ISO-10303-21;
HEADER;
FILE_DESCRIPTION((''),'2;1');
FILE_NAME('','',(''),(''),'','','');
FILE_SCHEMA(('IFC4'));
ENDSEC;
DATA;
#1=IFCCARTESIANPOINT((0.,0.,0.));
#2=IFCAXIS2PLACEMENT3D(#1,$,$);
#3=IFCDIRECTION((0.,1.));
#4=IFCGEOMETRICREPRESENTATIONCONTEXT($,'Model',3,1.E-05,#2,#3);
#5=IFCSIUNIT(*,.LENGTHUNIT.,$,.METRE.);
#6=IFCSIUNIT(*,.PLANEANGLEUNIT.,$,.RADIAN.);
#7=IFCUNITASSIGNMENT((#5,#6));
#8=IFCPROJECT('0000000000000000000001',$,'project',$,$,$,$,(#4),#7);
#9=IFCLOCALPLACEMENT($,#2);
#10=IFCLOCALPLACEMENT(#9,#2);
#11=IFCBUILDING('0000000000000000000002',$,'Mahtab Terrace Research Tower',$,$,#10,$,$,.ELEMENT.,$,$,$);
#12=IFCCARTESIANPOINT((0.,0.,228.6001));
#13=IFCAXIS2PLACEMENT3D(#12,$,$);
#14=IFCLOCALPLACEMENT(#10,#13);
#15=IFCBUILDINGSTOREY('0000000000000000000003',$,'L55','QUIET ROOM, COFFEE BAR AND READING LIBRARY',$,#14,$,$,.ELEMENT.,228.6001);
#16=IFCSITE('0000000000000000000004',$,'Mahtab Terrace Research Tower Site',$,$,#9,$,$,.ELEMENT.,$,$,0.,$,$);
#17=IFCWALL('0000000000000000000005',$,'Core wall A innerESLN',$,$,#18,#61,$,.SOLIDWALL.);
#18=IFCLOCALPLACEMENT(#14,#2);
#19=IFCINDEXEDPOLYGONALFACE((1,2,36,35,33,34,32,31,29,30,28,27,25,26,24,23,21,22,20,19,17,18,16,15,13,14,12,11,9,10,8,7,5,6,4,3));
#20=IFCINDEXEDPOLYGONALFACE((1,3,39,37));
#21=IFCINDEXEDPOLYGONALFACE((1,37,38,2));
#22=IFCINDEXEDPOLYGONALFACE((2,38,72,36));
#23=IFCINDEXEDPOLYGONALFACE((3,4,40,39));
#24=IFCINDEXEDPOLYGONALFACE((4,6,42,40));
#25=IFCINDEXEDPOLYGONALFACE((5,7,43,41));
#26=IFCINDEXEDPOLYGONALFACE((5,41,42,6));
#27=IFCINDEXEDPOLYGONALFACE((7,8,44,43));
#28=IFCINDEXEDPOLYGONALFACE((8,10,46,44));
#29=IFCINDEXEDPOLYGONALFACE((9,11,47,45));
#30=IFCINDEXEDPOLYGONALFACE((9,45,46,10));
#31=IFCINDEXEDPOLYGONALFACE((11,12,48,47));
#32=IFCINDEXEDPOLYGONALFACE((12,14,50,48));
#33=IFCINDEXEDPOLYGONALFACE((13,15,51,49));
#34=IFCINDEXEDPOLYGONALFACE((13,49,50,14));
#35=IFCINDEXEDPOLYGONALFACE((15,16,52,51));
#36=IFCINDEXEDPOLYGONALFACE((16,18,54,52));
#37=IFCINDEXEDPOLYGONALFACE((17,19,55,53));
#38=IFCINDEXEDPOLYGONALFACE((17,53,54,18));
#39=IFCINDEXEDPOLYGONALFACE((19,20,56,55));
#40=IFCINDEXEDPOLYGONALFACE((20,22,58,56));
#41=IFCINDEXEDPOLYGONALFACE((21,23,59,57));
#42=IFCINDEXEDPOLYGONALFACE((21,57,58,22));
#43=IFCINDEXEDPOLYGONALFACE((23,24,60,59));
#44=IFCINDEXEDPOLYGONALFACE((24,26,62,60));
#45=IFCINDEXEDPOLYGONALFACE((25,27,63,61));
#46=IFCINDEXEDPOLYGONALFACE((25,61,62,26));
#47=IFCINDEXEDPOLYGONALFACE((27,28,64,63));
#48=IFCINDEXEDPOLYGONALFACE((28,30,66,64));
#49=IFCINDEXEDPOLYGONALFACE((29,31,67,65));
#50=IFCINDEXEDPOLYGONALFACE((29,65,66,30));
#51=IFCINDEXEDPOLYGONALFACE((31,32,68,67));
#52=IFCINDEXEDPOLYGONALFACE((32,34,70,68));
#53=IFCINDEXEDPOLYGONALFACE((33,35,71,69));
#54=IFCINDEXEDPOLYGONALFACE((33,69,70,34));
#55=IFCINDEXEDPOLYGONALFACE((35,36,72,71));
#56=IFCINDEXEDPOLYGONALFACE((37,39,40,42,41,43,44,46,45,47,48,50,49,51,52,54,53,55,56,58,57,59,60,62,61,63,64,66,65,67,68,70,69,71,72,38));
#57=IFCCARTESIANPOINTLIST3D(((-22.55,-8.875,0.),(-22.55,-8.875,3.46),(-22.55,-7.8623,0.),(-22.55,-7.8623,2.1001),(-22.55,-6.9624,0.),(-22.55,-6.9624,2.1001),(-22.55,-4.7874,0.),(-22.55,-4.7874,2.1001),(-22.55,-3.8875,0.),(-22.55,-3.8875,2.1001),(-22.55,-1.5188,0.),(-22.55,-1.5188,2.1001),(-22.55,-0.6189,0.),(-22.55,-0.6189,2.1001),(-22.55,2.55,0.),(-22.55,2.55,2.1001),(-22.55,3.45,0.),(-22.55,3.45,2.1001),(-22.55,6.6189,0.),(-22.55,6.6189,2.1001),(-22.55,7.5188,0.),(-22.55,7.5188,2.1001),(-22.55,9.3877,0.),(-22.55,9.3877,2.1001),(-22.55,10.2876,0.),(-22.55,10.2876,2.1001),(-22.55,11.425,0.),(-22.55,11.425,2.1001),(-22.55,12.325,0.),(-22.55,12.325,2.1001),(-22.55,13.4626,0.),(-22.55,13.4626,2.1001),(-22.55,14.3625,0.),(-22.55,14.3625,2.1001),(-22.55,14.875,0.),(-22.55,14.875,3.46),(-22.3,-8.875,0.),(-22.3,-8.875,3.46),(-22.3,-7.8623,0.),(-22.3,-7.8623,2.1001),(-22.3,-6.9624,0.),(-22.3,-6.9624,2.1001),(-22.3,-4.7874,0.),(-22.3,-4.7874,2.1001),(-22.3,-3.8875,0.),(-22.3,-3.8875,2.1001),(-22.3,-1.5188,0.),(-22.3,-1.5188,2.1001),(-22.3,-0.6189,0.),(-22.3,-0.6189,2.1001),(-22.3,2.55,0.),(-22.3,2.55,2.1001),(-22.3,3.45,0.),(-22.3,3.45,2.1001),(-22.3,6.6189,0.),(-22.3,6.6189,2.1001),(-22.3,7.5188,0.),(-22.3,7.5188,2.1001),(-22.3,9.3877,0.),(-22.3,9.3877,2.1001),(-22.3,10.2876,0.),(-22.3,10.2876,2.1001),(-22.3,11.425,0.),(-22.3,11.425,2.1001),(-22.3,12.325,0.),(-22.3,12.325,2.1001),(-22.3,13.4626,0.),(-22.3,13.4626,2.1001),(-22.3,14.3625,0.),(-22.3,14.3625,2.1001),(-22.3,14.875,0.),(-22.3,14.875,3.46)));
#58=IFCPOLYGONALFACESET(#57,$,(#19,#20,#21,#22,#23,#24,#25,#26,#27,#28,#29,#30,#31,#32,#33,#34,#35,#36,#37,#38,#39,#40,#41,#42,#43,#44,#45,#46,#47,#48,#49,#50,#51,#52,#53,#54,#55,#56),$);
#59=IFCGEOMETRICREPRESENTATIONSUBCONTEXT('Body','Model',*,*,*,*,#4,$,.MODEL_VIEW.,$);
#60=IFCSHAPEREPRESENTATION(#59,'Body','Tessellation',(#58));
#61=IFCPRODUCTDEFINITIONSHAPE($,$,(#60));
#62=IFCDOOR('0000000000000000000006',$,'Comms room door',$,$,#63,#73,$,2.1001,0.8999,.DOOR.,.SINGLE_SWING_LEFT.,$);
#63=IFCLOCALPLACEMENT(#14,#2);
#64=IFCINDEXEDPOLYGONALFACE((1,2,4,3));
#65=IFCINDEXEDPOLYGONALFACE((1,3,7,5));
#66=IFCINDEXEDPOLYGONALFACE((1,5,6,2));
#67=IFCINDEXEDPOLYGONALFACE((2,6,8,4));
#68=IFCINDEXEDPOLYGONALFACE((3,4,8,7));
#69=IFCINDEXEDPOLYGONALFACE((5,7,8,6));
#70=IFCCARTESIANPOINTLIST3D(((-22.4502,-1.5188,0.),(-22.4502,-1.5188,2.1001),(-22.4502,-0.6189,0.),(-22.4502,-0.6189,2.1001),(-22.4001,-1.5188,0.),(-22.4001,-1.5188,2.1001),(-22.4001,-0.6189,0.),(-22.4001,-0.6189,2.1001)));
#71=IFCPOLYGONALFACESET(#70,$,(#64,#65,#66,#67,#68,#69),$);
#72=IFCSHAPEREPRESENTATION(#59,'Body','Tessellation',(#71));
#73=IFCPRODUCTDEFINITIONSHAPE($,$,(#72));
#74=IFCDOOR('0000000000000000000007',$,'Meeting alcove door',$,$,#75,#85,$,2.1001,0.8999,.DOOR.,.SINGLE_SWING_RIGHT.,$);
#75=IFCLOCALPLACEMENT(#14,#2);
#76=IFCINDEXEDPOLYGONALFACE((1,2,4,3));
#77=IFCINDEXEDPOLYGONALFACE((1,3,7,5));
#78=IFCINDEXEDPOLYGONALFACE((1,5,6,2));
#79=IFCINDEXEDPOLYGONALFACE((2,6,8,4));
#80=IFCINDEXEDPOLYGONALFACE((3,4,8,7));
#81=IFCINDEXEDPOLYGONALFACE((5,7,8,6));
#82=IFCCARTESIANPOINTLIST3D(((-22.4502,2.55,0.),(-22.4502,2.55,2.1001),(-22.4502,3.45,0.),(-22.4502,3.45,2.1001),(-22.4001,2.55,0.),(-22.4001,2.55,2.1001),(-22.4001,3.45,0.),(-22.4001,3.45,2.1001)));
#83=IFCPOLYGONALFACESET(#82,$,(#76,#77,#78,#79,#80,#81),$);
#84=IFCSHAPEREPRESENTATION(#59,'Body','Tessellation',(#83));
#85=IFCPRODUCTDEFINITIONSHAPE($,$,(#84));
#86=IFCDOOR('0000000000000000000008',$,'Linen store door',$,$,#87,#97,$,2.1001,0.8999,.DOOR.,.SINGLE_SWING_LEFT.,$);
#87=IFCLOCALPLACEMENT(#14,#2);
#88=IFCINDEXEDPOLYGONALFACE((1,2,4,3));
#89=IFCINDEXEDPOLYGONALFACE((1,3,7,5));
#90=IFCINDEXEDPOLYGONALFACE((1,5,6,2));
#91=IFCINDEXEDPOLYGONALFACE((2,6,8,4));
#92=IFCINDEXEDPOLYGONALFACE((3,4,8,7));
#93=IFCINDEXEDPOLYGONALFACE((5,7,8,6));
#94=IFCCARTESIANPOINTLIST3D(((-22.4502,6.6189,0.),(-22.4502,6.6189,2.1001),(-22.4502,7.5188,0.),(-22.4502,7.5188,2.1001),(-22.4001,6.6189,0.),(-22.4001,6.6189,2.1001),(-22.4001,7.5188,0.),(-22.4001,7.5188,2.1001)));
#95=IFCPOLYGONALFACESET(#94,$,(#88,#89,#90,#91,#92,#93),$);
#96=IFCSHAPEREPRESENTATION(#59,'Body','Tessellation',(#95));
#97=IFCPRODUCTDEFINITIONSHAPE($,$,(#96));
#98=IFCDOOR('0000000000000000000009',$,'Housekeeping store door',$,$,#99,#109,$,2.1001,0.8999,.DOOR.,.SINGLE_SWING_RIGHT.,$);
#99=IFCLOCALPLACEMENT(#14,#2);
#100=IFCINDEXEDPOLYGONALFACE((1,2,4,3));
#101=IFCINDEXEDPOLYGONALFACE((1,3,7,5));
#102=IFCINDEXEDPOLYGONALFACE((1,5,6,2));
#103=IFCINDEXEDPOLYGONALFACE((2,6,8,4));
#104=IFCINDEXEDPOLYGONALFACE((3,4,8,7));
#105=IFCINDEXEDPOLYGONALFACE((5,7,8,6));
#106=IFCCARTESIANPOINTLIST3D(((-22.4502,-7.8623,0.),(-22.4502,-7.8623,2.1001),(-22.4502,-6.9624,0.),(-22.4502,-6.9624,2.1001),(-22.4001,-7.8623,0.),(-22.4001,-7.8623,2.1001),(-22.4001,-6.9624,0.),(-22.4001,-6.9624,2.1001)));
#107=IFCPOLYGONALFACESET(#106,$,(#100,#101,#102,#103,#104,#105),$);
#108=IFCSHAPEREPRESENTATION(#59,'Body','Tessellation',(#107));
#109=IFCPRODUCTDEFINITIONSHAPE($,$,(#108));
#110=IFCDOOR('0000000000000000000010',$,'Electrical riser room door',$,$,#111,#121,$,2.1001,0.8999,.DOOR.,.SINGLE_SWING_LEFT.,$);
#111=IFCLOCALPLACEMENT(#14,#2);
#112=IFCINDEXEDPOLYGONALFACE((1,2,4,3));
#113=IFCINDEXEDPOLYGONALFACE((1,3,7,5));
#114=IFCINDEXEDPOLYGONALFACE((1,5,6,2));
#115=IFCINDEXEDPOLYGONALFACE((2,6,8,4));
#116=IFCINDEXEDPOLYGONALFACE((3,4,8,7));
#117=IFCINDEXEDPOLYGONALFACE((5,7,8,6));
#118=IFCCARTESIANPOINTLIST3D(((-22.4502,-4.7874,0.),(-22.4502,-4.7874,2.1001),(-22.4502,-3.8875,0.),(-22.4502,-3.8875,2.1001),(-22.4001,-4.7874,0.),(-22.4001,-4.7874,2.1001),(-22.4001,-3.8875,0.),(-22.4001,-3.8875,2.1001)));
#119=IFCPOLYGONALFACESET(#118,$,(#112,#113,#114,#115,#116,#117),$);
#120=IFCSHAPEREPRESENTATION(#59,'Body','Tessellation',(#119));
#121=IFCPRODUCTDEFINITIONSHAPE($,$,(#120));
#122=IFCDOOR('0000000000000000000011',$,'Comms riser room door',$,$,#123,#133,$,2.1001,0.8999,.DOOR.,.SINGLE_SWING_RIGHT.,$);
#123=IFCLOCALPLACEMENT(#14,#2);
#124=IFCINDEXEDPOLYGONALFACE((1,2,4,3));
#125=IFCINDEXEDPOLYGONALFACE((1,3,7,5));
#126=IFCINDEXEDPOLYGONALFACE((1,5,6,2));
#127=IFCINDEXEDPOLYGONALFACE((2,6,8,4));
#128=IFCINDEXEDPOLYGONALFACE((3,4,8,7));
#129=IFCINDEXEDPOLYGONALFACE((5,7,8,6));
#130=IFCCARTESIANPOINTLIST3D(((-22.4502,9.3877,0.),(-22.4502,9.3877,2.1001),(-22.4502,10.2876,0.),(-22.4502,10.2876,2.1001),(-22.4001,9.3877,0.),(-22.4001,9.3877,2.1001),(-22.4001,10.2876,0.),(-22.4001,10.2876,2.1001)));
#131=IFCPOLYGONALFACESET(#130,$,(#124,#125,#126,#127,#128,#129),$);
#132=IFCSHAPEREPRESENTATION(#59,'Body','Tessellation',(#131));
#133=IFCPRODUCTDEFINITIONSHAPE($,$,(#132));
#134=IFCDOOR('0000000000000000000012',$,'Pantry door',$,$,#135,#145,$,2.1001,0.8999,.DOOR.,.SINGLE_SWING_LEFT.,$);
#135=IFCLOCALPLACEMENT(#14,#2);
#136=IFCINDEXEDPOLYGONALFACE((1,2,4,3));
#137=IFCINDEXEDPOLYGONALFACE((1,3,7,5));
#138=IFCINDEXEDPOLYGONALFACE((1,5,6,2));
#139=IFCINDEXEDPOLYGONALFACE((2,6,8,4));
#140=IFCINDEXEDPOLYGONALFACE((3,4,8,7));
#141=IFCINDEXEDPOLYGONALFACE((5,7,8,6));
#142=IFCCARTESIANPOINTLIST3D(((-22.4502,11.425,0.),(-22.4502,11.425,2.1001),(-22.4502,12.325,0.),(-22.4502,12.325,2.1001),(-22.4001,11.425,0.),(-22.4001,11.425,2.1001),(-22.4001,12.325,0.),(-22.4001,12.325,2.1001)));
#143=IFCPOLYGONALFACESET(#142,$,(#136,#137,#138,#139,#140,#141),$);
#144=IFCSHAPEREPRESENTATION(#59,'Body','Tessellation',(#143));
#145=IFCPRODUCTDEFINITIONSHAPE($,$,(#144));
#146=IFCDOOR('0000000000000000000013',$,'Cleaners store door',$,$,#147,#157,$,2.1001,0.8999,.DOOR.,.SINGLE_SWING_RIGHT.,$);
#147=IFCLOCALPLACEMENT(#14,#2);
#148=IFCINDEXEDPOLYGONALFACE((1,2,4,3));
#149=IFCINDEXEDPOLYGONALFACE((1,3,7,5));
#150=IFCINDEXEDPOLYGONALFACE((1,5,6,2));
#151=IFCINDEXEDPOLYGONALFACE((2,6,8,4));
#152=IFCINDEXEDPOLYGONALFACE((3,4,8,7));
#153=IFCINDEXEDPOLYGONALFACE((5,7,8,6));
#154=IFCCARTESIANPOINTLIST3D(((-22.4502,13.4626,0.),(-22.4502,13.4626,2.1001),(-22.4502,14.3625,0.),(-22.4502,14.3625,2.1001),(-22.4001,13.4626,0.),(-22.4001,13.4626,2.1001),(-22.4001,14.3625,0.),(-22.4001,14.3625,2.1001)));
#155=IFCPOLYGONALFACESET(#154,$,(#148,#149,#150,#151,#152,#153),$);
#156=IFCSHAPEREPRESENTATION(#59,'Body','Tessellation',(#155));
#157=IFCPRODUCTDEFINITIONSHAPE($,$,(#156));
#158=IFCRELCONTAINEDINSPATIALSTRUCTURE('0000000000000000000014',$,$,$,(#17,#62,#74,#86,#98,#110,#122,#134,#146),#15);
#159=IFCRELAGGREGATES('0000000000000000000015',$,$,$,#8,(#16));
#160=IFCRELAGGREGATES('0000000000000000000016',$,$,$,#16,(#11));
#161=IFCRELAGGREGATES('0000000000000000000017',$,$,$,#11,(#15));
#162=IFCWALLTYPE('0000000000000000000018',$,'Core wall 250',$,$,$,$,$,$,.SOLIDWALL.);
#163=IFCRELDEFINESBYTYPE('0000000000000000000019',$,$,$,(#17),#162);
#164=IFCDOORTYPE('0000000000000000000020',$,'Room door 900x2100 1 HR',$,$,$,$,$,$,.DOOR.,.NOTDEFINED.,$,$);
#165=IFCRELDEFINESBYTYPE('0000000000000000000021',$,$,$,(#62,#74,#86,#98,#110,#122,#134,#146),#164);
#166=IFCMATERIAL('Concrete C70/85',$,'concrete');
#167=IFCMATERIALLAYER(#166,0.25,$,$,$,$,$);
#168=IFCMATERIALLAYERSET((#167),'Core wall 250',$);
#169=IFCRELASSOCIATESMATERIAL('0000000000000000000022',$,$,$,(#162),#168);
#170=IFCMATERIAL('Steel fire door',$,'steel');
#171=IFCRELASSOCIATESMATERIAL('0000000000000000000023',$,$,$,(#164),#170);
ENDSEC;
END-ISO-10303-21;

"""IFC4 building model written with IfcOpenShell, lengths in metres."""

from ifc_helpers import new_model, si_unit, direction, frame, frame_2d, origin, place, context, subcontext, project, spatial, rectangle, extrude, material, layer, layer_set, type_object, element, fill, save


model = new_model("IFC4")

# Units and contexts
model_context = context("Model", 3, precision=1e-05, world=origin(), true_north=direction((0.0, 1.0)))
body_context = subcontext(model_context, "Body", "Model", "MODEL_VIEW")
ifc_project = project(units=[si_unit("LENGTHUNIT", "METRE"), si_unit("PLANEANGLEUNIT", "RADIAN")], contexts=[model_context])

# Site, building, storey
site_placement = place(None, origin())
site = spatial("IfcSite", under=ifc_project, at=site_placement, Name="Mahtab Terrace Research Tower Site", CompositionType="ELEMENT", RefElevation=0.0)
building_placement = place(site_placement, origin())
building = spatial("IfcBuilding", under=site, at=building_placement, Name="Mahtab Terrace Research Tower", CompositionType="ELEMENT")
storey_placement = place(building_placement, frame((0.0, 0.0, 228.6001)))
storey = spatial("IfcBuildingStorey", under=building, at=storey_placement, Name="L55", Description="QUIET ROOM, COFFEE BAR AND READING LIBRARY", CompositionType="ELEMENT", Elevation=228.6001)

# Shared definitions
ifc_material_1 = material(Name="Concrete C70/85", Category="concrete")

# Shared definitions
ifc_layer_1 = layer(ifc_material_1, 0.25)
ifc_layer_set_1 = layer_set([ifc_layer_1], Name="Core wall 250")
wall_type_1 = type_object("IfcWallType", Name="Core wall 250", PredefinedType="SOLIDWALL", material=ifc_layer_set_1)
ifc_material_2 = material(Name="Steel fire door", Category="steel")

# Wall, openings, doors
wall_1_placement = place(storey_placement, frame((-22.425, 14.875, 0.0), z_axis=(0.0, 0.0, 1.0), x_axis=(0.0, -1.0, 0.0)))
wall_1 = element("IfcWall", 1, at=wall_1_placement, inside=storey, type_object=wall_type_1, Name="Core wall A innerESLN", PredefinedType="SOLIDWALL", context=body_context, shape_type="SweptSolid", body=[
    extrude(rectangle(XDim=23.75, YDim=0.25, at=frame_2d((11.875, 0.0))), origin(), (0.0, 0.0, 1.0), 3.46),
])
opening_1_placement = place(wall_1_placement, frame((15.4939, 0.0, 0.0)))
opening_1 = element("IfcOpeningElement", 2, at=opening_1_placement, cuts=wall_1, PredefinedType="OPENING", context=body_context, shape_type="SweptSolid", body=[
    extrude(rectangle(XDim=0.8999, YDim=2.1001, at=frame_2d((0.45, 1.05))), frame((0.0, 0.135, 0.0), z_axis=(0.0, -1.0, 0.0), x_axis=(1.0, 0.0, 0.0)), (0.0, 0.0, 1.0), 0.27),
])
opening_2_placement = place(wall_1_placement, frame((11.425, 0.0, 0.0)))
opening_2 = element("IfcOpeningElement", 3, at=opening_2_placement, cuts=wall_1, PredefinedType="OPENING", context=body_context, shape_type="SweptSolid", body=[
    extrude(rectangle(XDim=0.8999, YDim=2.1001, at=frame_2d((0.45, 1.05))), frame((0.0, 0.135, 0.0), z_axis=(0.0, -1.0, 0.0), x_axis=(1.0, 0.0, 0.0)), (0.0, 0.0, 1.0), 0.27),
])
opening_3_placement = place(wall_1_placement, frame((7.3562, 0.0, 0.0)))
opening_3 = element("IfcOpeningElement", 4, at=opening_3_placement, cuts=wall_1, PredefinedType="OPENING", context=body_context, shape_type="SweptSolid", body=[
    extrude(rectangle(XDim=0.8999, YDim=2.1001, at=frame_2d((0.45, 1.05))), frame((0.0, 0.135, 0.0), z_axis=(0.0, -1.0, 0.0), x_axis=(1.0, 0.0, 0.0)), (0.0, 0.0, 1.0), 0.27),
])
opening_4_placement = place(wall_1_placement, frame((21.8374, 0.0, 0.0)))
opening_4 = element("IfcOpeningElement", 5, at=opening_4_placement, cuts=wall_1, PredefinedType="OPENING", context=body_context, shape_type="SweptSolid", body=[
    extrude(rectangle(XDim=0.8999, YDim=2.1001, at=frame_2d((0.45, 1.05))), frame((0.0, 0.135, 0.0), z_axis=(0.0, -1.0, 0.0), x_axis=(1.0, 0.0, 0.0)), (0.0, 0.0, 1.0), 0.27),
])
opening_5_placement = place(wall_1_placement, frame((18.7625, 0.0, 0.0)))
opening_5 = element("IfcOpeningElement", 6, at=opening_5_placement, cuts=wall_1, PredefinedType="OPENING", context=body_context, shape_type="SweptSolid", body=[
    extrude(rectangle(XDim=0.8999, YDim=2.1001, at=frame_2d((0.45, 1.05))), frame((0.0, 0.135, 0.0), z_axis=(0.0, -1.0, 0.0), x_axis=(1.0, 0.0, 0.0)), (0.0, 0.0, 1.0), 0.27),
])
opening_6_placement = place(wall_1_placement, frame((4.5874, 0.0, 0.0)))
opening_6 = element("IfcOpeningElement", 7, at=opening_6_placement, cuts=wall_1, PredefinedType="OPENING", context=body_context, shape_type="SweptSolid", body=[
    extrude(rectangle(XDim=0.8999, YDim=2.1001, at=frame_2d((0.45, 1.05))), frame((0.0, 0.135, 0.0), z_axis=(0.0, -1.0, 0.0), x_axis=(1.0, 0.0, 0.0)), (0.0, 0.0, 1.0), 0.27),
])
opening_7_placement = place(wall_1_placement, frame((2.55, 0.0, 0.0)))
opening_7 = element("IfcOpeningElement", 8, at=opening_7_placement, cuts=wall_1, PredefinedType="OPENING", context=body_context, shape_type="SweptSolid", body=[
    extrude(rectangle(XDim=0.8999, YDim=2.1001, at=frame_2d((0.45, 1.05))), frame((0.0, 0.135, 0.0), z_axis=(0.0, -1.0, 0.0), x_axis=(1.0, 0.0, 0.0)), (0.0, 0.0, 1.0), 0.27),
])
opening_8_placement = place(wall_1_placement, frame((0.5125, 0.0, 0.0)))
opening_8 = element("IfcOpeningElement", 9, at=opening_8_placement, cuts=wall_1, PredefinedType="OPENING", context=body_context, shape_type="SweptSolid", body=[
    extrude(rectangle(XDim=0.8999, YDim=2.1001, at=frame_2d((0.45, 1.05))), frame((0.0, 0.135, 0.0), z_axis=(0.0, -1.0, 0.0), x_axis=(1.0, 0.0, 0.0)), (0.0, 0.0, 1.0), 0.27),
])
door_type_1 = type_object("IfcDoorType", Name="Room door 900x2100 1 HR", OperationType="NOTDEFINED", PredefinedType="DOOR", material=ifc_material_2)
door_1_placement = place(opening_1_placement, origin())
door_1 = element("IfcDoor", 10, at=door_1_placement, inside=storey, type_object=door_type_1, Name="Comms room door", OperationType="SINGLE_SWING_LEFT", OverallHeight=2.1001, OverallWidth=0.8999, PredefinedType="DOOR", context=body_context, shape_type="SweptSolid", body=[
    extrude(rectangle(XDim=0.8999, YDim=2.1001, at=frame_2d((0.45, 1.05))), frame((0.0, 0.0249, 0.0), z_axis=(0.0, -1.0, 0.0), x_axis=(1.0, 0.0, 0.0)), (0.0, 0.0, 1.0), 0.05),
])
fill(opening_1, door_1)
door_2_placement = place(opening_2_placement, origin())
door_2 = element("IfcDoor", 11, at=door_2_placement, inside=storey, type_object=door_type_1, Name="Meeting alcove door", OperationType="SINGLE_SWING_RIGHT", OverallHeight=2.1001, OverallWidth=0.8999, PredefinedType="DOOR", context=body_context, shape_type="SweptSolid", body=[
    extrude(rectangle(XDim=0.8999, YDim=2.1001, at=frame_2d((0.45, 1.05))), frame((0.0, 0.0249, 0.0), z_axis=(0.0, -1.0, 0.0), x_axis=(1.0, 0.0, 0.0)), (0.0, 0.0, 1.0), 0.05),
])
fill(opening_2, door_2)
door_3_placement = place(opening_3_placement, origin())
door_3 = element("IfcDoor", 12, at=door_3_placement, inside=storey, type_object=door_type_1, Name="Linen store door", OperationType="SINGLE_SWING_LEFT", OverallHeight=2.1001, OverallWidth=0.8999, PredefinedType="DOOR", context=body_context, shape_type="SweptSolid", body=[
    extrude(rectangle(XDim=0.8999, YDim=2.1001, at=frame_2d((0.45, 1.05))), frame((0.0, 0.0249, 0.0), z_axis=(0.0, -1.0, 0.0), x_axis=(1.0, 0.0, 0.0)), (0.0, 0.0, 1.0), 0.05),
])
fill(opening_3, door_3)
door_4_placement = place(opening_4_placement, origin())
door_4 = element("IfcDoor", 13, at=door_4_placement, inside=storey, type_object=door_type_1, Name="Housekeeping store door", OperationType="SINGLE_SWING_RIGHT", OverallHeight=2.1001, OverallWidth=0.8999, PredefinedType="DOOR", context=body_context, shape_type="SweptSolid", body=[
    extrude(rectangle(XDim=0.8999, YDim=2.1001, at=frame_2d((0.45, 1.05))), frame((0.0, 0.0249, 0.0), z_axis=(0.0, -1.0, 0.0), x_axis=(1.0, 0.0, 0.0)), (0.0, 0.0, 1.0), 0.05),
])
fill(opening_4, door_4)
door_5_placement = place(opening_5_placement, origin())
door_5 = element("IfcDoor", 14, at=door_5_placement, inside=storey, type_object=door_type_1, Name="Electrical riser room door", OperationType="SINGLE_SWING_LEFT", OverallHeight=2.1001, OverallWidth=0.8999, PredefinedType="DOOR", context=body_context, shape_type="SweptSolid", body=[
    extrude(rectangle(XDim=0.8999, YDim=2.1001, at=frame_2d((0.45, 1.05))), frame((0.0, 0.0249, 0.0), z_axis=(0.0, -1.0, 0.0), x_axis=(1.0, 0.0, 0.0)), (0.0, 0.0, 1.0), 0.05),
])
fill(opening_5, door_5)
door_6_placement = place(opening_6_placement, origin())
door_6 = element("IfcDoor", 15, at=door_6_placement, inside=storey, type_object=door_type_1, Name="Comms riser room door", OperationType="SINGLE_SWING_RIGHT", OverallHeight=2.1001, OverallWidth=0.8999, PredefinedType="DOOR", context=body_context, shape_type="SweptSolid", body=[
    extrude(rectangle(XDim=0.8999, YDim=2.1001, at=frame_2d((0.45, 1.05))), frame((0.0, 0.0249, 0.0), z_axis=(0.0, -1.0, 0.0), x_axis=(1.0, 0.0, 0.0)), (0.0, 0.0, 1.0), 0.05),
])
fill(opening_6, door_6)
door_7_placement = place(opening_7_placement, origin())
door_7 = element("IfcDoor", 16, at=door_7_placement, inside=storey, type_object=door_type_1, Name="Pantry door", OperationType="SINGLE_SWING_LEFT", OverallHeight=2.1001, OverallWidth=0.8999, PredefinedType="DOOR", context=body_context, shape_type="SweptSolid", body=[
    extrude(rectangle(XDim=0.8999, YDim=2.1001, at=frame_2d((0.45, 1.05))), frame((0.0, 0.0249, 0.0), z_axis=(0.0, -1.0, 0.0), x_axis=(1.0, 0.0, 0.0)), (0.0, 0.0, 1.0), 0.05),
])
fill(opening_7, door_7)
door_8_placement = place(opening_8_placement, origin())
door_8 = element("IfcDoor", 17, at=door_8_placement, inside=storey, type_object=door_type_1, Name="Cleaners store door", OperationType="SINGLE_SWING_RIGHT", OverallHeight=2.1001, OverallWidth=0.8999, PredefinedType="DOOR", context=body_context, shape_type="SweptSolid", body=[
    extrude(rectangle(XDim=0.8999, YDim=2.1001, at=frame_2d((0.45, 1.05))), frame((0.0, 0.0249, 0.0), z_axis=(0.0, -1.0, 0.0), x_axis=(1.0, 0.0, 0.0)), (0.0, 0.0, 1.0), 0.05),
])
fill(opening_8, door_8)

save(model, "model.ifc")
